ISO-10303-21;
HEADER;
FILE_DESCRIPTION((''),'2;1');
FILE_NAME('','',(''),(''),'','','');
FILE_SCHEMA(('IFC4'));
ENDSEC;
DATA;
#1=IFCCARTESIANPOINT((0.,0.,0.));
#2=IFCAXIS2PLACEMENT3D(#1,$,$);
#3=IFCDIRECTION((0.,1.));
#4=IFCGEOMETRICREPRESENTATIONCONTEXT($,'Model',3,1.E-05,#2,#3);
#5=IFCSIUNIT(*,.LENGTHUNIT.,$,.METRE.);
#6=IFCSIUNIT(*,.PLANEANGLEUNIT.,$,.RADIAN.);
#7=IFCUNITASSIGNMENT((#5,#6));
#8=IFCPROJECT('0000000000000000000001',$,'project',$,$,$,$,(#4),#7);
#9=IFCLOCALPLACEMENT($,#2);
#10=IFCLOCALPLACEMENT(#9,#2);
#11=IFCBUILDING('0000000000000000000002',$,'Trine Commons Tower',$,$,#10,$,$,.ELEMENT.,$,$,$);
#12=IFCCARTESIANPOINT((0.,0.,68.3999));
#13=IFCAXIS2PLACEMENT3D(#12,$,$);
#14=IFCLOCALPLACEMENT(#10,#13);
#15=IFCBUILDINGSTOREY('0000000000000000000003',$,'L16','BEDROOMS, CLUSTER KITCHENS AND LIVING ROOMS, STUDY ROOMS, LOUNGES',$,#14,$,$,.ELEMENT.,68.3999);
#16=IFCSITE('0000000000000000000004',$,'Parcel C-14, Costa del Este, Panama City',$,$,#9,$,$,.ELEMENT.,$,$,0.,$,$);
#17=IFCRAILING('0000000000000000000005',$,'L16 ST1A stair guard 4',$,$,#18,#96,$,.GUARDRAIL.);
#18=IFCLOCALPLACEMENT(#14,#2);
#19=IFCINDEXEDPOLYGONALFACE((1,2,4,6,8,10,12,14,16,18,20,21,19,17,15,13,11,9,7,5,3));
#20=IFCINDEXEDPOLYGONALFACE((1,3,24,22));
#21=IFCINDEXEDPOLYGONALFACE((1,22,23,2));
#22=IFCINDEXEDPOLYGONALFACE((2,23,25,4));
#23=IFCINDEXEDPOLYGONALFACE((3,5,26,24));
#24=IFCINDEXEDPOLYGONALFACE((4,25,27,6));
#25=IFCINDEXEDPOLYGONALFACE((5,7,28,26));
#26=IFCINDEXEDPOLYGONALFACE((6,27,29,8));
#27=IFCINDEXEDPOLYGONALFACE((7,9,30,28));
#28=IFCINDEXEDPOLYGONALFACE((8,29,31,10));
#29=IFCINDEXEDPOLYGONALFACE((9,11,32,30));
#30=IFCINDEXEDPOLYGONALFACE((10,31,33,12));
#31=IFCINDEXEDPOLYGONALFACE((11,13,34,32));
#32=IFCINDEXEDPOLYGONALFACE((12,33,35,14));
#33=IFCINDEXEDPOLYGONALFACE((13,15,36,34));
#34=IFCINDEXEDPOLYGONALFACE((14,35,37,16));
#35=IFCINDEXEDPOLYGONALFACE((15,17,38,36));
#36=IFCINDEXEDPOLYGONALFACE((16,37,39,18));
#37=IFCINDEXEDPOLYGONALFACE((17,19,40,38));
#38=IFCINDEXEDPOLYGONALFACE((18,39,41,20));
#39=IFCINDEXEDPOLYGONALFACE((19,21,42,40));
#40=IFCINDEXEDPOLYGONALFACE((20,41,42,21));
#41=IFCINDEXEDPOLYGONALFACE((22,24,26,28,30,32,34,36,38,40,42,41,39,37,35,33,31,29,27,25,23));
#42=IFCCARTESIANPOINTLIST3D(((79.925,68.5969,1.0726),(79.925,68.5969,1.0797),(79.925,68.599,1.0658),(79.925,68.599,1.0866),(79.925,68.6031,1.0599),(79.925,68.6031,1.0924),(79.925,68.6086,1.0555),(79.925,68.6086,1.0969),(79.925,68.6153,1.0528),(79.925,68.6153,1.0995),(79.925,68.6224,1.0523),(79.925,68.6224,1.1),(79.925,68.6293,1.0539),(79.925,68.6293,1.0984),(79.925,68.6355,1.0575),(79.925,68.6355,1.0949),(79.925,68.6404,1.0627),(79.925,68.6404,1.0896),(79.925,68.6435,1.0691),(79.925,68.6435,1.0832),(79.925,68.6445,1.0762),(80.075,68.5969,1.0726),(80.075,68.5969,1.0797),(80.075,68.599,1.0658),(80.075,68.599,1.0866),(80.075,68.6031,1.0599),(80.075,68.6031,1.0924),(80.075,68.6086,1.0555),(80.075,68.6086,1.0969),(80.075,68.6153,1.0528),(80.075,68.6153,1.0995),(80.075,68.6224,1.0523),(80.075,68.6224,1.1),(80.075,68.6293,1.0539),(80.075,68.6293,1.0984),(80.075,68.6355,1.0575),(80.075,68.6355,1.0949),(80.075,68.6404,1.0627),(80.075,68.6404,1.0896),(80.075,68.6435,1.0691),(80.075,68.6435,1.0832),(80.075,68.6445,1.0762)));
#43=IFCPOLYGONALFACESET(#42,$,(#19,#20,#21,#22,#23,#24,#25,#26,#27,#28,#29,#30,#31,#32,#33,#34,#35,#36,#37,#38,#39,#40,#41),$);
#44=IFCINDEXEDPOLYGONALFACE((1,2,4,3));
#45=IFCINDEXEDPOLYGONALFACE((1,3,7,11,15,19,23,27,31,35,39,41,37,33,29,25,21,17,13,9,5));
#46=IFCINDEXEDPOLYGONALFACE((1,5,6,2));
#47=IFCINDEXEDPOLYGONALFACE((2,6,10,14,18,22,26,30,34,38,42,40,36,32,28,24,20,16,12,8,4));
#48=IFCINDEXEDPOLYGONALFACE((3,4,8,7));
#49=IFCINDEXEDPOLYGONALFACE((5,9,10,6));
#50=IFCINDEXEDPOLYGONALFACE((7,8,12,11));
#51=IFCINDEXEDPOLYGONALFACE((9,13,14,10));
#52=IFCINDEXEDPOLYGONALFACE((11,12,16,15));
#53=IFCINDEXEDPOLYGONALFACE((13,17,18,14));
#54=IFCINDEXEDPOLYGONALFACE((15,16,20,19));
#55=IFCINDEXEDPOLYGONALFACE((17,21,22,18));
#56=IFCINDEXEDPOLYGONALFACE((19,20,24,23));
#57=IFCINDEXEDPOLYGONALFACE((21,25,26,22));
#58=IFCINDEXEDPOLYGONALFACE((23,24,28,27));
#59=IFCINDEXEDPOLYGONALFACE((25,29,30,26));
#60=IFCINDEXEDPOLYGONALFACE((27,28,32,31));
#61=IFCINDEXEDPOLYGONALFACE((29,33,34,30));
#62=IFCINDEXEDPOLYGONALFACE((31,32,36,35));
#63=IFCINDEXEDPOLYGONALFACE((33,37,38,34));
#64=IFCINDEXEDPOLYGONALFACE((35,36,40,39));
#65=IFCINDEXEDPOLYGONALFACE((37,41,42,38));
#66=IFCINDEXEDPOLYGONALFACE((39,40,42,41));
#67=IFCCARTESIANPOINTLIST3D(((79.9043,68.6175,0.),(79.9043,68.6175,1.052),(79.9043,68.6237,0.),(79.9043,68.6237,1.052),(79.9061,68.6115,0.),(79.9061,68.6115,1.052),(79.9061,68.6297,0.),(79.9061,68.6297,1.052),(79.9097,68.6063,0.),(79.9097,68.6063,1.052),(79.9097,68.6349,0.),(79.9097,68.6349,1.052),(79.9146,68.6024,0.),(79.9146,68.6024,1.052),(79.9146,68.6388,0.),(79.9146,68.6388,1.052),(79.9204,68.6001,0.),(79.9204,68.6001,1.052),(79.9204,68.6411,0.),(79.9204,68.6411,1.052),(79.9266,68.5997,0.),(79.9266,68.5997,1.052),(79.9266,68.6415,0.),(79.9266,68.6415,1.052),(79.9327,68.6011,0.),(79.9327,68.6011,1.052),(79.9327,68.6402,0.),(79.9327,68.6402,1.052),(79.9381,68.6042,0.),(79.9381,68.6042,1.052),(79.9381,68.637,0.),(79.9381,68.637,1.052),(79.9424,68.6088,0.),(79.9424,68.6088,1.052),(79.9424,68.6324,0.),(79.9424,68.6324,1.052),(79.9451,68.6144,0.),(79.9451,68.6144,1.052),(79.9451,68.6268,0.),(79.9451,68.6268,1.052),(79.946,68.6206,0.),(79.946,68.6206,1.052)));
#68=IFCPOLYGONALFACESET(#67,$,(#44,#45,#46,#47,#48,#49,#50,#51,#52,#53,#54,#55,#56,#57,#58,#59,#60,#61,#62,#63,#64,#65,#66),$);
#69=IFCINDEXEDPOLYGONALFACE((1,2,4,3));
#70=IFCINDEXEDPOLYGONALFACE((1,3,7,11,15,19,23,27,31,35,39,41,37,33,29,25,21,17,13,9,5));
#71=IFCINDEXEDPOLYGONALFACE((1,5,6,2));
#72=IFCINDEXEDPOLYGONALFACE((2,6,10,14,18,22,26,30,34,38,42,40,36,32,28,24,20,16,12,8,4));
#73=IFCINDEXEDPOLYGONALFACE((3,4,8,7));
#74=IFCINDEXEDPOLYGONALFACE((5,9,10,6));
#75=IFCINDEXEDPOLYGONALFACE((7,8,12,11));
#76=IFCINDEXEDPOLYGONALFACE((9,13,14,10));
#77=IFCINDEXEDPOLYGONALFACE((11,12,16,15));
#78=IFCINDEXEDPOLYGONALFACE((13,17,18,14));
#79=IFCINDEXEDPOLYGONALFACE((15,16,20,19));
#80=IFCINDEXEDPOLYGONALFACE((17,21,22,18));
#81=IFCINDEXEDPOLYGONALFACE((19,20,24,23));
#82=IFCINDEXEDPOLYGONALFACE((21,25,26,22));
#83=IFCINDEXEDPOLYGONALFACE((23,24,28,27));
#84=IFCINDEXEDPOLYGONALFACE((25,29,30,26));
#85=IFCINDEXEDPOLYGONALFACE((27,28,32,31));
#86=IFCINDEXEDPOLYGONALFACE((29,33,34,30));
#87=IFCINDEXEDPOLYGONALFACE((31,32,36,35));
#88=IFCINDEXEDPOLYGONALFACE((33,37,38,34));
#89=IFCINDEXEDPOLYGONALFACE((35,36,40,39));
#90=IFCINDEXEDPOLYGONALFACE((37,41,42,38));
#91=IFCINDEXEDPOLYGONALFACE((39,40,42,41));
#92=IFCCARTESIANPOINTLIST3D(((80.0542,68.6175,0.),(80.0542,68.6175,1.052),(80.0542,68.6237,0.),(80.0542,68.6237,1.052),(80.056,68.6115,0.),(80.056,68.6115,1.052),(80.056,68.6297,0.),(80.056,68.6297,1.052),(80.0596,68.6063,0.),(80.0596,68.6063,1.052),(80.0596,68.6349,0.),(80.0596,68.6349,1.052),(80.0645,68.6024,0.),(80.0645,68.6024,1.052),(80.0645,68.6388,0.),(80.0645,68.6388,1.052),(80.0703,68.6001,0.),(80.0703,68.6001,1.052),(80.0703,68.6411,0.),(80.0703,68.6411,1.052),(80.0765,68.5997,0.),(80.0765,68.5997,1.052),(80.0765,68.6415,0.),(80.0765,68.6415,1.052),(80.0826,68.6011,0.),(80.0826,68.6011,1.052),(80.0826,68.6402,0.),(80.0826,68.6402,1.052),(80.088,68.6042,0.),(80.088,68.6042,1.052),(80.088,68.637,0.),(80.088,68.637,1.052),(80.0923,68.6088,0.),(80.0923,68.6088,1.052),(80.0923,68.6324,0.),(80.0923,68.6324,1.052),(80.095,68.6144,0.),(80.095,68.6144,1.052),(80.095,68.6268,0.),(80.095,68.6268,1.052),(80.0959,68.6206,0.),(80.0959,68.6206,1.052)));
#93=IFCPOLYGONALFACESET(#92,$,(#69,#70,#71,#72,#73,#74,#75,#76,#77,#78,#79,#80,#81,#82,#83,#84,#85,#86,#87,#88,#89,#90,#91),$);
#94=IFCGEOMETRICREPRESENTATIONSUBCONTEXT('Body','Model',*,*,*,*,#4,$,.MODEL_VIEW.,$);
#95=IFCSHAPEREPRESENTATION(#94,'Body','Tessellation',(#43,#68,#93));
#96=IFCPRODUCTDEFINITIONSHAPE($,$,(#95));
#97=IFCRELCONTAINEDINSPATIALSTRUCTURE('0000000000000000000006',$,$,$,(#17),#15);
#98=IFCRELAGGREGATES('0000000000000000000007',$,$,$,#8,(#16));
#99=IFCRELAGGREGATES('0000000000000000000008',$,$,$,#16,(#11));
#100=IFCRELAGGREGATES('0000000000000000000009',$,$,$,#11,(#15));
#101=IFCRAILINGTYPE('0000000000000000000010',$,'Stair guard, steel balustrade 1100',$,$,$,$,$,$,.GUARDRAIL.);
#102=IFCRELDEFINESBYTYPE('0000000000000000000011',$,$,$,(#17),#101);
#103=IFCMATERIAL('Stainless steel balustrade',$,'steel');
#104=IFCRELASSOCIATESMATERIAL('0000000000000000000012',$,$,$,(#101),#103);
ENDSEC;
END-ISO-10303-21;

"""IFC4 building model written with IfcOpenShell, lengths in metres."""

from ifc_helpers import new_model, si_unit, direction, frame, origin, origin_2d, place, context, subcontext, project, spatial, circle, extrude, material, type_object, element, save


model = new_model("IFC4")

# Units and contexts
model_context = context("Model", 3, precision=1e-05, world=origin(), true_north=direction((0.0, 1.0)))
body_context = subcontext(model_context, "Body", "Model", "MODEL_VIEW")
ifc_project = project(units=[si_unit("LENGTHUNIT", "METRE"), si_unit("PLANEANGLEUNIT", "RADIAN")], contexts=[model_context])

# Site, building, storey
site_placement = place(None, origin())
site = spatial("IfcSite", under=ifc_project, at=site_placement, Name="Parcel C-14, Costa del Este, Panama City", CompositionType="ELEMENT", RefElevation=0.0)
building_placement = place(site_placement, origin())
building = spatial("IfcBuilding", under=site, at=building_placement, Name="Trine Commons Tower", CompositionType="ELEMENT")
storey_placement = place(building_placement, frame((0.0, 0.0, 68.3999)))
storey = spatial("IfcBuildingStorey", under=building, at=storey_placement, Name="L16", Description="BEDROOMS, CLUSTER KITCHENS AND LIVING ROOMS, STUDY ROOMS, LOUNGES", CompositionType="ELEMENT", Elevation=68.3999)

# Railing
ifc_material_1 = material(Name="Stainless steel balustrade", Category="steel")
railing_type_1 = type_object("IfcRailingType", Name="Stair guard, steel balustrade 1100", PredefinedType="GUARDRAIL", material=ifc_material_1)
railing_1_placement = place(storey_placement, frame((79.925, 68.6206, 0.0)))
element("IfcRailing", 1, at=railing_1_placement, inside=storey, type_object=railing_type_1, Name="L16 ST1A stair guard 4", PredefinedType="GUARDRAIL", context=body_context, shape_type="SweptSolid", body=[
    extrude(circle(Radius=0.0239, at=origin_2d()), frame((0.0, 0.0, 1.0762), z_axis=(1.0, 0.0, 0.0), x_axis=(0.0, 1.0, 0.0)), (0.0, 0.0, 1.0), 0.1499),
    extrude(circle(Radius=0.021, at=origin_2d()), origin(), (0.0, 0.0, 1.0), 1.052),
    extrude(circle(Radius=0.021, at=origin_2d()), frame((0.1499, 0.0, 0.0)), (0.0, 0.0, 1.0), 1.052),
])

save(model, "model.ifc")
